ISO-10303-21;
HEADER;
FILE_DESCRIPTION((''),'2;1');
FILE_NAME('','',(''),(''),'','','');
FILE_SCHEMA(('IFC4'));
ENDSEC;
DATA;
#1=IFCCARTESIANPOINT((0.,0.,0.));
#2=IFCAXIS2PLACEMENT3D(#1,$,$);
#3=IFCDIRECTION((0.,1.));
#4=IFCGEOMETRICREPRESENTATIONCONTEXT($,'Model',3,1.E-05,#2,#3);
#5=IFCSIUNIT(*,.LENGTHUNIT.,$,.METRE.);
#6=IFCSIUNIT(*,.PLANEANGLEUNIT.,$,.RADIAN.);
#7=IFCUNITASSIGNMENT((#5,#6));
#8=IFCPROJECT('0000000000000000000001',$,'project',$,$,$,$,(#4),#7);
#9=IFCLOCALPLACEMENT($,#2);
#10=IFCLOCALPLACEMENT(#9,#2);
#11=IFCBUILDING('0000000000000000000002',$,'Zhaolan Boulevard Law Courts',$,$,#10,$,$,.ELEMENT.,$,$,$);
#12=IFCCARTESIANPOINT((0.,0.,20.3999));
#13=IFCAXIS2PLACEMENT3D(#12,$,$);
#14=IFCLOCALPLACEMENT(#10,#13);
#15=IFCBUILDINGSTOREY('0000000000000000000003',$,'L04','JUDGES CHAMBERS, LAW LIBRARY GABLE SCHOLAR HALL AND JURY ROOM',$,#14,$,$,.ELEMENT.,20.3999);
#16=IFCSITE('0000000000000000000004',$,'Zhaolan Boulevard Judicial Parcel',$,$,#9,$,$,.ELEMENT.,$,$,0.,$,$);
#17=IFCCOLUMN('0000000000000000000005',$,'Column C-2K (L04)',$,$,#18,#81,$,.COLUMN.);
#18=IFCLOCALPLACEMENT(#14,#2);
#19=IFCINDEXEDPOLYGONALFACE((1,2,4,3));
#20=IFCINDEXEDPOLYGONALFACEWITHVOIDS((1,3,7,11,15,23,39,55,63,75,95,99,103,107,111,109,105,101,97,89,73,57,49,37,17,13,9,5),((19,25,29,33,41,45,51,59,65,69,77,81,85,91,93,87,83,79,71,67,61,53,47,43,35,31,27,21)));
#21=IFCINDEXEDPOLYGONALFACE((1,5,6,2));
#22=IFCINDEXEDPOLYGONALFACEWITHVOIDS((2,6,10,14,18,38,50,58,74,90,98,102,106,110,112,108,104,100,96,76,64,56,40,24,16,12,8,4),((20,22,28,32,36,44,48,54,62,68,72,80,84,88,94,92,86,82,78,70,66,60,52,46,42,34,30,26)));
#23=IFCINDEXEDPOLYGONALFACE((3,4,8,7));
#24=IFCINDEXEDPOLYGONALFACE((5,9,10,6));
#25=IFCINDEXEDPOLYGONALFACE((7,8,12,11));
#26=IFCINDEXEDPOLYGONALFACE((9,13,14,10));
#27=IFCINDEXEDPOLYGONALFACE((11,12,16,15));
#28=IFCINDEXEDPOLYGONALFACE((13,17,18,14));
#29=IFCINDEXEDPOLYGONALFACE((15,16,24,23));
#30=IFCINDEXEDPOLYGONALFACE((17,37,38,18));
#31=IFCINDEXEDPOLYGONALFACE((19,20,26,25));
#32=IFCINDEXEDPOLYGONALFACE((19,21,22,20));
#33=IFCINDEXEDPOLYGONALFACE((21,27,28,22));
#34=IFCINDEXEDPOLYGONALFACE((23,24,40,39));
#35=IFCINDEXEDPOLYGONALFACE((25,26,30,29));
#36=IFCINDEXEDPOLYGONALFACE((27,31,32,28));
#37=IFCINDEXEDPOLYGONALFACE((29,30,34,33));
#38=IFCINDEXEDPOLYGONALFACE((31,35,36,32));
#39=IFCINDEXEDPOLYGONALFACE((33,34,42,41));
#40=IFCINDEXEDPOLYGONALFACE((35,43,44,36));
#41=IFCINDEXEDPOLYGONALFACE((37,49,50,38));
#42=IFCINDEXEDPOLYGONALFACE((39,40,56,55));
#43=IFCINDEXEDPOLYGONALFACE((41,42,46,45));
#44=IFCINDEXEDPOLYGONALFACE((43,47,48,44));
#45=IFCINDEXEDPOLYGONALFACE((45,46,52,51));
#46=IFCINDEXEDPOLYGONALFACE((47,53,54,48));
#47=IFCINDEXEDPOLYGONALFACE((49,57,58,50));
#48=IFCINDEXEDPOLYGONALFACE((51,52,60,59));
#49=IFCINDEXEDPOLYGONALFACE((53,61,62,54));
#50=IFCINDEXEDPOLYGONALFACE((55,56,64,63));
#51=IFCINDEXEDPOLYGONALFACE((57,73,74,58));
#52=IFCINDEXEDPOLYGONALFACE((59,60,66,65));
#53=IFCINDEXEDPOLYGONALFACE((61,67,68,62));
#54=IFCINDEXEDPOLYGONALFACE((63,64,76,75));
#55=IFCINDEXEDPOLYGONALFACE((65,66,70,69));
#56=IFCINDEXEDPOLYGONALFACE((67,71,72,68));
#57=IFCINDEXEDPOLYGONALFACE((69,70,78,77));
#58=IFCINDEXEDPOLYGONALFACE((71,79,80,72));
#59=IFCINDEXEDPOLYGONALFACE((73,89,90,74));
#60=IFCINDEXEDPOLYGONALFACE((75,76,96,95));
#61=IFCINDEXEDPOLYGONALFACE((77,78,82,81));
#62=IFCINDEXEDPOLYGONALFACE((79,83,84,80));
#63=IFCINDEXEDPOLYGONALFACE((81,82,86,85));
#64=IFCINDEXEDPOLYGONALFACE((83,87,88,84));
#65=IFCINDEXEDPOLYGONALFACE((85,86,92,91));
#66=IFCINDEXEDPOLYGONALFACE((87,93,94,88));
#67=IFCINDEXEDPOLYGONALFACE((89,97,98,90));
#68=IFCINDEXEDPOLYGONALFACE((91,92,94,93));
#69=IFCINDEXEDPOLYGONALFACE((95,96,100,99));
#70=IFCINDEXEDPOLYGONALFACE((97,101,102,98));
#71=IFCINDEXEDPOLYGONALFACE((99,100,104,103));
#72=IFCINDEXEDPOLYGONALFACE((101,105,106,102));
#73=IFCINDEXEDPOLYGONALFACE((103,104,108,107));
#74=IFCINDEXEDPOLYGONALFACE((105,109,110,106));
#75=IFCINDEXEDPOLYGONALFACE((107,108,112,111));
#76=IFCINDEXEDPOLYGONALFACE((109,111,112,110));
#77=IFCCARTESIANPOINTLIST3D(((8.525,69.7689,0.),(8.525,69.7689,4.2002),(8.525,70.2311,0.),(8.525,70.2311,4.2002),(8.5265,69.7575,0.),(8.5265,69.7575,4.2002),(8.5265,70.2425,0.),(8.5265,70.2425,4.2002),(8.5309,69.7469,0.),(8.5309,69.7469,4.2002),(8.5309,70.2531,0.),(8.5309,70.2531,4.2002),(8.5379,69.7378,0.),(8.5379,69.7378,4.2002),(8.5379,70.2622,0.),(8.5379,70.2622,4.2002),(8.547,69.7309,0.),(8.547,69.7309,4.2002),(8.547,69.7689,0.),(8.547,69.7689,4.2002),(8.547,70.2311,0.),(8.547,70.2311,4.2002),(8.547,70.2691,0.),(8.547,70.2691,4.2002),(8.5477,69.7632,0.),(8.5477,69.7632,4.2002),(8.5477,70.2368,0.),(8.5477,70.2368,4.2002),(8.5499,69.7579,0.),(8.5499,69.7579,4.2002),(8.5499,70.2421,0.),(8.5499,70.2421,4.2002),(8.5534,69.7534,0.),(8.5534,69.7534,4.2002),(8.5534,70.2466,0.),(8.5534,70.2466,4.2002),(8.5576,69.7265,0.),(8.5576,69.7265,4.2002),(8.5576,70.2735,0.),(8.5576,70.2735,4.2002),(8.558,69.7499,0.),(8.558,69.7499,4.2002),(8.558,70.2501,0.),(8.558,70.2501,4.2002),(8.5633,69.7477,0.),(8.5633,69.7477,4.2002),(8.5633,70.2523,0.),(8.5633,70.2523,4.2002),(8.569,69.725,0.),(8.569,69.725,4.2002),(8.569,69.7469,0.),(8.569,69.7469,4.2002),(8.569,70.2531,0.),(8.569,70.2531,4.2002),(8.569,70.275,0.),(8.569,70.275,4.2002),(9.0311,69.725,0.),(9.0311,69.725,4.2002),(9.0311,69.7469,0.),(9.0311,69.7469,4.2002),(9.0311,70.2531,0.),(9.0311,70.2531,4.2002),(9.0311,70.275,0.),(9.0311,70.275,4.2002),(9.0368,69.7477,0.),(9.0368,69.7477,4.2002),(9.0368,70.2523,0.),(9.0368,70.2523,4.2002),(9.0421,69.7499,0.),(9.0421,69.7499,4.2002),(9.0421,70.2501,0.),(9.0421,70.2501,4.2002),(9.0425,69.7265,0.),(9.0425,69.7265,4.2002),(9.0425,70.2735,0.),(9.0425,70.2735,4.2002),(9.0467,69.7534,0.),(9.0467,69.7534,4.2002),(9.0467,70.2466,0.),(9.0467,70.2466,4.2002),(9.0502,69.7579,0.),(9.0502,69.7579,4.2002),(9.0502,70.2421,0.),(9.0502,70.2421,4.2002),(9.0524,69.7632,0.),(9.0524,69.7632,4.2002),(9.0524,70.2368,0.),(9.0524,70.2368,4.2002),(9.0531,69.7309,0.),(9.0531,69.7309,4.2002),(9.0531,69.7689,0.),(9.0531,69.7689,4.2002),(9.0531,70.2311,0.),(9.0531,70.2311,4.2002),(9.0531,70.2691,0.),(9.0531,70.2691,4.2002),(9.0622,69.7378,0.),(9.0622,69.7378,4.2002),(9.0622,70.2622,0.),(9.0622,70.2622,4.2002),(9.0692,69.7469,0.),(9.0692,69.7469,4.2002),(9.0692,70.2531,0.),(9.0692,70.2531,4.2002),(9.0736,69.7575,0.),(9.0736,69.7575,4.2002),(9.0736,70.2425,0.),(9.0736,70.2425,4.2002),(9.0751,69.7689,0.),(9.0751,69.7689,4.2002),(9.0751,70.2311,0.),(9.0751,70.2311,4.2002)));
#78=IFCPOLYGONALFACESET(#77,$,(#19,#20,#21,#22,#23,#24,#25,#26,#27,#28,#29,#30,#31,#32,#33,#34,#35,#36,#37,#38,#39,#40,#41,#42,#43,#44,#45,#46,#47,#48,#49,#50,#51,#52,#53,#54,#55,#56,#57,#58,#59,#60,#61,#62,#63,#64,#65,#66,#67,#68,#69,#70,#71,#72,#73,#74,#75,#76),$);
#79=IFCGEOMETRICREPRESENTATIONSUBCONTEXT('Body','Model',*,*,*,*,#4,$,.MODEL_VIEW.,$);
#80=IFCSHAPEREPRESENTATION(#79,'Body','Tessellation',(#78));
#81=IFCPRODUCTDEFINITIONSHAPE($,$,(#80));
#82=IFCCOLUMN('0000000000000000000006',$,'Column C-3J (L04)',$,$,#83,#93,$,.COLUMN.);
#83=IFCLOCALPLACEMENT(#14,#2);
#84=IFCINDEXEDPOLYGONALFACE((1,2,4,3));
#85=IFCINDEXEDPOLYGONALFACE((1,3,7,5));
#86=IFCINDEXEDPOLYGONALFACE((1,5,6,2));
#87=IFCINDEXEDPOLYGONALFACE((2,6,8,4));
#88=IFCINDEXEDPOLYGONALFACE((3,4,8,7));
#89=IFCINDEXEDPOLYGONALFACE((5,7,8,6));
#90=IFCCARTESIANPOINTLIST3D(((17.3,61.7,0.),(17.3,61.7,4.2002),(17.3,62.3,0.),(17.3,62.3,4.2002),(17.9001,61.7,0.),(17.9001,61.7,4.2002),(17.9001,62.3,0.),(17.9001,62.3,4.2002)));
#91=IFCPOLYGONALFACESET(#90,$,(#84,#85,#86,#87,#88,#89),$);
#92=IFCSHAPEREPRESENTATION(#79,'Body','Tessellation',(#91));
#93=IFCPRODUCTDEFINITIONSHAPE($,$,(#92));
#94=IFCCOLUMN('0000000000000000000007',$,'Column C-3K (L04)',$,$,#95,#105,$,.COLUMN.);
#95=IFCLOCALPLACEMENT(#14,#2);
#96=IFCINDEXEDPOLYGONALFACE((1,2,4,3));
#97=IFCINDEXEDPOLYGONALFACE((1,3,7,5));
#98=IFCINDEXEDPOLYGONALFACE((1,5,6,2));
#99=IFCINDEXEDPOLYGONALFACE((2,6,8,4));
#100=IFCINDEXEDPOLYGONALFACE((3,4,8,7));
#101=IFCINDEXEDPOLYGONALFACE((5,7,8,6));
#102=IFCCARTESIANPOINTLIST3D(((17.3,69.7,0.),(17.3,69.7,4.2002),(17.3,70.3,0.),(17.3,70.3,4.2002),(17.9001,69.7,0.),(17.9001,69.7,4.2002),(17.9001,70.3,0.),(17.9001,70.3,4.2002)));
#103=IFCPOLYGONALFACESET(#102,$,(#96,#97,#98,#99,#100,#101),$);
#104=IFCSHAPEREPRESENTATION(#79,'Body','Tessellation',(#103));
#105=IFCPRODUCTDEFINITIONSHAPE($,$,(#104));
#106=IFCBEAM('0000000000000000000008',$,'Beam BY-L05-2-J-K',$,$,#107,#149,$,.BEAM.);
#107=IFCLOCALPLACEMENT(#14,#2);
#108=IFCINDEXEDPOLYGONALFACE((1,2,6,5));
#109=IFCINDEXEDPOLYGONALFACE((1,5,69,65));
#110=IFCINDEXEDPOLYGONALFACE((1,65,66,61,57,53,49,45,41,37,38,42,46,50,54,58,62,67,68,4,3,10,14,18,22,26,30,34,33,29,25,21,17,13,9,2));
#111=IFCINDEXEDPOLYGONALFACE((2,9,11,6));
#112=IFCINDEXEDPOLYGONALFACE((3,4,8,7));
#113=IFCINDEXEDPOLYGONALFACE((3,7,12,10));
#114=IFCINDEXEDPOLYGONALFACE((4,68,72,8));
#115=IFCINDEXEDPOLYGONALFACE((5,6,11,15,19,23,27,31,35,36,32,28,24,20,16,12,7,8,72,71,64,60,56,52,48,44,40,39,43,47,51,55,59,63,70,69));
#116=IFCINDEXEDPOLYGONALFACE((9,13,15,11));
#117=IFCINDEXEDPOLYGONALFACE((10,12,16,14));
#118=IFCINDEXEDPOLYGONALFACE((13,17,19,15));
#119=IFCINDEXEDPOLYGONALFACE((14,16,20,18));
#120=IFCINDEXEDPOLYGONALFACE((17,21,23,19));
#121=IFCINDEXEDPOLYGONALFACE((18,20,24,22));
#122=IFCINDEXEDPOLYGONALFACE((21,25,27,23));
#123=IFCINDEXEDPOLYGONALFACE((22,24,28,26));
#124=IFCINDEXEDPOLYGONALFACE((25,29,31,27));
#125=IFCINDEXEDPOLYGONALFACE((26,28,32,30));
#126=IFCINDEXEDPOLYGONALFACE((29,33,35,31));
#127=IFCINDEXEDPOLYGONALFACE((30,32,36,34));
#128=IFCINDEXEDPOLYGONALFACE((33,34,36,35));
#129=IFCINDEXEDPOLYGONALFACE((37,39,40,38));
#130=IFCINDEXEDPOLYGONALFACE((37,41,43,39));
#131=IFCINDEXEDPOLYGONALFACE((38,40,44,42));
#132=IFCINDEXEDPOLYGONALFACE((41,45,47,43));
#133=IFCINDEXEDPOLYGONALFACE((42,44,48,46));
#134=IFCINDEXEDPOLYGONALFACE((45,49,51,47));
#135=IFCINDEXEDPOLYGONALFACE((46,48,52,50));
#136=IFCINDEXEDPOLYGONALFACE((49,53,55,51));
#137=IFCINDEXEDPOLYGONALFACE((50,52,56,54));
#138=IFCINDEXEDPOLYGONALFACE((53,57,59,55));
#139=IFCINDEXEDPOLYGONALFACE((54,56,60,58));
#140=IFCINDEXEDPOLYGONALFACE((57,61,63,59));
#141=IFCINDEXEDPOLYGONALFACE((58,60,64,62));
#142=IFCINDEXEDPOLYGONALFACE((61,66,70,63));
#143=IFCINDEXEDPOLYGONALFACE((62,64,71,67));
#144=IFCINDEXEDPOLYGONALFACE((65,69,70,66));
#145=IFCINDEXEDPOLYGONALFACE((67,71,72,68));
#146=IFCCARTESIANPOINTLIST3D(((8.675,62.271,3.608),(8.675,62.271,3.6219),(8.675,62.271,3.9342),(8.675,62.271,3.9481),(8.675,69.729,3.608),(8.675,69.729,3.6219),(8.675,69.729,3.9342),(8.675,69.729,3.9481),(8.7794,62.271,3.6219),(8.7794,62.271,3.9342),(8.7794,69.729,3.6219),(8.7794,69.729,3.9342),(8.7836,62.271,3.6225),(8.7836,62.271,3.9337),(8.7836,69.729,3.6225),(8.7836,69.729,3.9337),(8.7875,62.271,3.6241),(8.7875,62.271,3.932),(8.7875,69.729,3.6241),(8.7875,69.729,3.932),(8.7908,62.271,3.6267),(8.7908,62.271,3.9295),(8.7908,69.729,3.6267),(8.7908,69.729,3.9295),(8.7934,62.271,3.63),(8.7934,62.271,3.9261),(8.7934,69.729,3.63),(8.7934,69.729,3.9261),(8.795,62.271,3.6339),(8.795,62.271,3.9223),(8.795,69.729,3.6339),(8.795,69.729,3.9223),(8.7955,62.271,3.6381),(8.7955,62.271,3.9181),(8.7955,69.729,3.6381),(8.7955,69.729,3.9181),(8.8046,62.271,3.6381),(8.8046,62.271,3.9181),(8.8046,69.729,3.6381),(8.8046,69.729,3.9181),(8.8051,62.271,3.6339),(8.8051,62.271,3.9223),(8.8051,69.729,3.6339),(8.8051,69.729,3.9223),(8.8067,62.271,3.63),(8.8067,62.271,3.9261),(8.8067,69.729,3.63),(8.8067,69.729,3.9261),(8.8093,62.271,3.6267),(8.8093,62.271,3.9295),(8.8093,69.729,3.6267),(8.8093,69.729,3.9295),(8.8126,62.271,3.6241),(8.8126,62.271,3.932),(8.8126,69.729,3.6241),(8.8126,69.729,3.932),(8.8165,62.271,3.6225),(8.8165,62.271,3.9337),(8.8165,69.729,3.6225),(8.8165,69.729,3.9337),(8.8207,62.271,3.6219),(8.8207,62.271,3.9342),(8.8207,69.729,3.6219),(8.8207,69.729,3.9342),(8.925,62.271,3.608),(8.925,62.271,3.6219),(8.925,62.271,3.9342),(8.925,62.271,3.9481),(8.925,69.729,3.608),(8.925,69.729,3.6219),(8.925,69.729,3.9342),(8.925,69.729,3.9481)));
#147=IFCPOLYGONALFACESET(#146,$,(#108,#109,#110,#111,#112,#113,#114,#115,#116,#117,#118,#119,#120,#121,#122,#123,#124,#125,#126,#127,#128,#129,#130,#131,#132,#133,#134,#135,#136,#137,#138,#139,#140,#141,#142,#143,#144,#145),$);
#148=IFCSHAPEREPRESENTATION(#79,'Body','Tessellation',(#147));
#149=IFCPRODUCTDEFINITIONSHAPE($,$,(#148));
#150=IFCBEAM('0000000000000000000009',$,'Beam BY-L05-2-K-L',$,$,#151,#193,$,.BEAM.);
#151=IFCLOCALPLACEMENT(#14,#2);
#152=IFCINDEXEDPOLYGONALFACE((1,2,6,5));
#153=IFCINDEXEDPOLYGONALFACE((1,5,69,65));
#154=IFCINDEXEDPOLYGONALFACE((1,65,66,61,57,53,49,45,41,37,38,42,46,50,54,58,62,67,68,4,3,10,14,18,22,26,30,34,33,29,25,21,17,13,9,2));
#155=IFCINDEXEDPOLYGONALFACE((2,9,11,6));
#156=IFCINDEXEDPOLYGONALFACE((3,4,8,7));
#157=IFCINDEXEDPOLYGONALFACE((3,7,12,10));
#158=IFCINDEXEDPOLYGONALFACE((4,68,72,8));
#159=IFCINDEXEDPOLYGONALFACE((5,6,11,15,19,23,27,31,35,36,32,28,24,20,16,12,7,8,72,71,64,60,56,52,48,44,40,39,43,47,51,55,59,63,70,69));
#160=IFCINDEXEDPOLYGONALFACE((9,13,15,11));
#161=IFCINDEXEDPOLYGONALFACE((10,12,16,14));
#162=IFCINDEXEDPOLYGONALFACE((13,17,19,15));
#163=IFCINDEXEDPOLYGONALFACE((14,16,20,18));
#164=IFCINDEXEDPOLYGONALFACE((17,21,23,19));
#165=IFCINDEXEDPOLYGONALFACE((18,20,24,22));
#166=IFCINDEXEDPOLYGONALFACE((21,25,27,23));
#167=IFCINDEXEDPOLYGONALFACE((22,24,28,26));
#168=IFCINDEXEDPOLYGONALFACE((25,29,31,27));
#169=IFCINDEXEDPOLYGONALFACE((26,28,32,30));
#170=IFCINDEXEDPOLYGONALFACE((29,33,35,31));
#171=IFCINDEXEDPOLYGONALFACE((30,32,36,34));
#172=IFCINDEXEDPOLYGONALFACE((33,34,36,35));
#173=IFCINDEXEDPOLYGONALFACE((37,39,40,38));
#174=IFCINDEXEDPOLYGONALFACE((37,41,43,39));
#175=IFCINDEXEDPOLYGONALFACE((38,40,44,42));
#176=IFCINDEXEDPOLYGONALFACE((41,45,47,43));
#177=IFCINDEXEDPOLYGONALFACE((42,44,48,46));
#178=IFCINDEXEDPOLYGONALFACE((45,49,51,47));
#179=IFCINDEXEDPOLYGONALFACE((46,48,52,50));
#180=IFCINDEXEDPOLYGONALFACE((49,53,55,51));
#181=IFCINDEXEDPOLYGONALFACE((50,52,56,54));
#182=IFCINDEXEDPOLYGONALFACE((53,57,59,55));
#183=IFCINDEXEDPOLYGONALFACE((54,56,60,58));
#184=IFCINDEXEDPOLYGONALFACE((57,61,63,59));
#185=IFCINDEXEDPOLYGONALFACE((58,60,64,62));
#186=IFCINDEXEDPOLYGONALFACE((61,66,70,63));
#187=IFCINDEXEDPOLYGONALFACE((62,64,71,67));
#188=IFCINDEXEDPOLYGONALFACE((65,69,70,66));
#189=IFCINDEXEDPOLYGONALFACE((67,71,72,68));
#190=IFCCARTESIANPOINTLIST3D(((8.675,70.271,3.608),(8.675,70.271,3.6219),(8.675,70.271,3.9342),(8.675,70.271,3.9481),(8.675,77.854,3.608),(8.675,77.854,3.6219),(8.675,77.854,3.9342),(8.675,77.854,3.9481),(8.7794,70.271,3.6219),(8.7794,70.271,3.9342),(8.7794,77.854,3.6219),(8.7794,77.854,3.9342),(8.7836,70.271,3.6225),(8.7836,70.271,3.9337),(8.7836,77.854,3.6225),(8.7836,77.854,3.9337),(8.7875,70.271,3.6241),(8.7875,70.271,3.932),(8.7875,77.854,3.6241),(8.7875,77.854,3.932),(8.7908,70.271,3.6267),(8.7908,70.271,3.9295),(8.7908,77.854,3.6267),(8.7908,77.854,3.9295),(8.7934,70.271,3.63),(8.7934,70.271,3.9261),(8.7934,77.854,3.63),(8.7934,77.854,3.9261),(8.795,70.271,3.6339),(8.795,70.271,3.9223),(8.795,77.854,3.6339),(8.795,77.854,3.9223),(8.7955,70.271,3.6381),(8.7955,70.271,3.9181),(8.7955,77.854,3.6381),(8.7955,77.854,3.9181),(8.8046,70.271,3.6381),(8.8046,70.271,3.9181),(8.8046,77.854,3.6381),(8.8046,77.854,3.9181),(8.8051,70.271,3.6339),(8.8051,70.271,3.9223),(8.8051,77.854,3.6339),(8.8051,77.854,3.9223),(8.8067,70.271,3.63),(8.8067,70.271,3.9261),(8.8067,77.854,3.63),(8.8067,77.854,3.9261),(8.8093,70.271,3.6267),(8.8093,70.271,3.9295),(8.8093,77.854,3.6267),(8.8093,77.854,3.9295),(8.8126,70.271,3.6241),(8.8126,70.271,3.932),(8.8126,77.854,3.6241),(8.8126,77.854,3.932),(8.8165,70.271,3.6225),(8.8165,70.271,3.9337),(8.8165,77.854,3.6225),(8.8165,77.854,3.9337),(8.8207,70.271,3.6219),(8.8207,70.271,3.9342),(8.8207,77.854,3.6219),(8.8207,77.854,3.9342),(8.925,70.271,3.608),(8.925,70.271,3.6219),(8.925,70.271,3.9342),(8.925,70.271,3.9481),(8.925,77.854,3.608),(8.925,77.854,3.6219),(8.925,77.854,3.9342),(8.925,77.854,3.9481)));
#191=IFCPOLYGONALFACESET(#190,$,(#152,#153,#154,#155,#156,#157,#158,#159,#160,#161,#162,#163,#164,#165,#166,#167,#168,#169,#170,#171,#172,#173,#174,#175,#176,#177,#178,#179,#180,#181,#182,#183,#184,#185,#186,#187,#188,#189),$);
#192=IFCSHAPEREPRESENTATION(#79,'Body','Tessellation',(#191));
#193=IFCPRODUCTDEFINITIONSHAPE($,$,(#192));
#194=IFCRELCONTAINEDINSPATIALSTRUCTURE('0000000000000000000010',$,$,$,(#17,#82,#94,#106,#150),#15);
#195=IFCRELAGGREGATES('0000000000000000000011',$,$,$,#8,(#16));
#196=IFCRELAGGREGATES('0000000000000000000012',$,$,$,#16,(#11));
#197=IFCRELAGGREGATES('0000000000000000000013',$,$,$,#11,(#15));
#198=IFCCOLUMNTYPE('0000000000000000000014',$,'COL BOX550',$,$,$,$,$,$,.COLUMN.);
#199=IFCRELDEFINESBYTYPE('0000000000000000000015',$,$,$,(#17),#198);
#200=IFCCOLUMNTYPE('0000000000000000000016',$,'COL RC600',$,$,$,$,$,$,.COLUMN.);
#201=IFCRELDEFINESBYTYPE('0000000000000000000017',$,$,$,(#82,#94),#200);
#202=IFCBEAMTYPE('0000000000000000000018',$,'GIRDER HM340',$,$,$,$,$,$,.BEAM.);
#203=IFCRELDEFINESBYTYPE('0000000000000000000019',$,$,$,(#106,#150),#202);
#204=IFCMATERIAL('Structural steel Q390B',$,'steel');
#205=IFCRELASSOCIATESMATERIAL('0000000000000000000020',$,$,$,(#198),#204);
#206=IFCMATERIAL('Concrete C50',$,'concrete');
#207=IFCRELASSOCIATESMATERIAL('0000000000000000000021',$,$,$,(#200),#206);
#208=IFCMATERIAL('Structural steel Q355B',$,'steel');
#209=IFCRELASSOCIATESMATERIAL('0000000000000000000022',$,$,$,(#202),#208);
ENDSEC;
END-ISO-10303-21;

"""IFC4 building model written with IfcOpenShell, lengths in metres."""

from ifc_helpers import new_model, si_unit, direction, frame, origin, origin_2d, place, context, subcontext, project, spatial, rectangle, hollow_rectangle, i_section, extrude, material, material_profile, profile_set, type_object, element, save


model = new_model("IFC4")

# Units and contexts
model_context = context("Model", 3, precision=1e-05, world=origin(), true_north=direction((0.0, 1.0)))
body_context = subcontext(model_context, "Body", "Model", "MODEL_VIEW")
ifc_project = project(units=[si_unit("LENGTHUNIT", "METRE"), si_unit("PLANEANGLEUNIT", "RADIAN")], contexts=[model_context])

# Site, building, storey
site_placement = place(None, origin())
site = spatial("IfcSite", under=ifc_project, at=site_placement, Name="Zhaolan Boulevard Judicial Parcel", CompositionType="ELEMENT", RefElevation=0.0)
building_placement = place(site_placement, origin())
building = spatial("IfcBuilding", under=site, at=building_placement, Name="Zhaolan Boulevard Law Courts", CompositionType="ELEMENT")
storey_placement = place(building_placement, frame((0.0, 0.0, 20.3999)))
storey = spatial("IfcBuildingStorey", under=building, at=storey_placement, Name="L04", Description="JUDGES CHAMBERS, LAW LIBRARY GABLE SCHOLAR HALL AND JURY ROOM", CompositionType="ELEMENT", Elevation=20.3999)

# Columns
ifc_material_1 = material(Name="Structural steel Q390B", Category="steel")
ifc_material_profile_1 = material_profile(ifc_material_1, hollow_rectangle(XDim=0.55, YDim=0.55, WallThickness=0.022, InnerFilletRadius=0.022, OuterFilletRadius=0.0439, at=origin_2d()), Name="BOX550x550x22")
ifc_profile_set_1 = profile_set([ifc_material_profile_1], Name="Structural steel Q390B")
column_type_1 = type_object("IfcColumnType", Name="COL BOX550", PredefinedType="COLUMN", material=ifc_profile_set_1)
column_placement = place(storey_placement, frame((8.8, 70.0, 0.0), z_axis=(0.0, 0.0, 1.0), x_axis=(1.0, 0.0, 0.0)))
element("IfcColumn", 1, at=column_placement, inside=storey, type_object=column_type_1, Name="Column C-2K (L04)", PredefinedType="COLUMN", context=body_context, shape_type="SweptSolid", body=[
    extrude(hollow_rectangle(XDim=0.55, YDim=0.55, WallThickness=0.022, InnerFilletRadius=0.022, OuterFilletRadius=0.0439, at=origin_2d()), origin(), (0.0, 0.0, 1.0), 4.2002),
])
ifc_material_2 = material(Name="Concrete C50", Category="concrete")
ifc_material_profile_2 = material_profile(ifc_material_2, rectangle(XDim=0.6001, YDim=0.6001, at=origin_2d()), Name="RC600x600")
ifc_profile_set_2 = profile_set([ifc_material_profile_2], Name="Concrete C50")
column_type_2 = type_object("IfcColumnType", Name="COL RC600", PredefinedType="COLUMN", material=ifc_profile_set_2)
for number, where, z_axis, x_axis, name in (
    (2, (17.6001, 62.0, 0.0), (0.0, 0.0, 1.0), (1.0, 0.0, 0.0), "Column C-3J (L04)"),
    (3, (17.6001, 70.0, 0.0), (0.0, 0.0, 1.0), (1.0, 0.0, 0.0), "Column C-3K (L04)"),
):
    element("IfcColumn", number, at=place(storey_placement, frame(where, z_axis=z_axis, x_axis=x_axis)), inside=storey, type_object=column_type_2, Name=name, PredefinedType="COLUMN", context=body_context, shape_type="SweptSolid", body=[
        extrude(rectangle(XDim=0.6001, YDim=0.6001, at=origin_2d()), origin(), (0.0, 0.0, 1.0), 4.2002),
    ])

# Beams
ifc_material_3 = material(Name="Structural steel Q355B", Category="steel")
ifc_material_profile_3 = material_profile(ifc_material_3, i_section(OverallWidth=0.25, OverallDepth=0.3401, WebThickness=0.009, FlangeThickness=0.0139, FilletRadius=0.0161, at=origin_2d()), Name="HM340x250")
ifc_profile_set_3 = profile_set([ifc_material_profile_3], Name="Structural steel Q355B")
beam_type_1 = type_object("IfcBeamType", Name="GIRDER HM340", PredefinedType="BEAM", material=ifc_profile_set_3)
beam_1_placement = place(storey_placement, frame((8.8, 62.271, 3.7781), z_axis=(0.0, 1.0, 0.0), x_axis=(-1.0, 0.0, 0.0)))
element("IfcBeam", 4, at=beam_1_placement, inside=storey, type_object=beam_type_1, Name="Beam BY-L05-2-J-K", PredefinedType="BEAM", context=body_context, shape_type="SweptSolid", body=[
    extrude(i_section(OverallWidth=0.25, OverallDepth=0.3401, WebThickness=0.009, FlangeThickness=0.0139, FilletRadius=0.0161, at=origin_2d()), origin(), (0.0, 0.0, 1.0), 7.458),
])
beam_2_placement = place(storey_placement, frame((8.8, 70.271, 3.7781), z_axis=(0.0, 1.0, 0.0), x_axis=(-1.0, 0.0, 0.0)))
element("IfcBeam", 5, at=beam_2_placement, inside=storey, type_object=beam_type_1, Name="Beam BY-L05-2-K-L", PredefinedType="BEAM", context=body_context, shape_type="SweptSolid", body=[
    extrude(i_section(OverallWidth=0.25, OverallDepth=0.3401, WebThickness=0.009, FlangeThickness=0.0139, FilletRadius=0.0161, at=origin_2d()), origin(), (0.0, 0.0, 1.0), 7.583),
])

save(model, "model.ifc")
